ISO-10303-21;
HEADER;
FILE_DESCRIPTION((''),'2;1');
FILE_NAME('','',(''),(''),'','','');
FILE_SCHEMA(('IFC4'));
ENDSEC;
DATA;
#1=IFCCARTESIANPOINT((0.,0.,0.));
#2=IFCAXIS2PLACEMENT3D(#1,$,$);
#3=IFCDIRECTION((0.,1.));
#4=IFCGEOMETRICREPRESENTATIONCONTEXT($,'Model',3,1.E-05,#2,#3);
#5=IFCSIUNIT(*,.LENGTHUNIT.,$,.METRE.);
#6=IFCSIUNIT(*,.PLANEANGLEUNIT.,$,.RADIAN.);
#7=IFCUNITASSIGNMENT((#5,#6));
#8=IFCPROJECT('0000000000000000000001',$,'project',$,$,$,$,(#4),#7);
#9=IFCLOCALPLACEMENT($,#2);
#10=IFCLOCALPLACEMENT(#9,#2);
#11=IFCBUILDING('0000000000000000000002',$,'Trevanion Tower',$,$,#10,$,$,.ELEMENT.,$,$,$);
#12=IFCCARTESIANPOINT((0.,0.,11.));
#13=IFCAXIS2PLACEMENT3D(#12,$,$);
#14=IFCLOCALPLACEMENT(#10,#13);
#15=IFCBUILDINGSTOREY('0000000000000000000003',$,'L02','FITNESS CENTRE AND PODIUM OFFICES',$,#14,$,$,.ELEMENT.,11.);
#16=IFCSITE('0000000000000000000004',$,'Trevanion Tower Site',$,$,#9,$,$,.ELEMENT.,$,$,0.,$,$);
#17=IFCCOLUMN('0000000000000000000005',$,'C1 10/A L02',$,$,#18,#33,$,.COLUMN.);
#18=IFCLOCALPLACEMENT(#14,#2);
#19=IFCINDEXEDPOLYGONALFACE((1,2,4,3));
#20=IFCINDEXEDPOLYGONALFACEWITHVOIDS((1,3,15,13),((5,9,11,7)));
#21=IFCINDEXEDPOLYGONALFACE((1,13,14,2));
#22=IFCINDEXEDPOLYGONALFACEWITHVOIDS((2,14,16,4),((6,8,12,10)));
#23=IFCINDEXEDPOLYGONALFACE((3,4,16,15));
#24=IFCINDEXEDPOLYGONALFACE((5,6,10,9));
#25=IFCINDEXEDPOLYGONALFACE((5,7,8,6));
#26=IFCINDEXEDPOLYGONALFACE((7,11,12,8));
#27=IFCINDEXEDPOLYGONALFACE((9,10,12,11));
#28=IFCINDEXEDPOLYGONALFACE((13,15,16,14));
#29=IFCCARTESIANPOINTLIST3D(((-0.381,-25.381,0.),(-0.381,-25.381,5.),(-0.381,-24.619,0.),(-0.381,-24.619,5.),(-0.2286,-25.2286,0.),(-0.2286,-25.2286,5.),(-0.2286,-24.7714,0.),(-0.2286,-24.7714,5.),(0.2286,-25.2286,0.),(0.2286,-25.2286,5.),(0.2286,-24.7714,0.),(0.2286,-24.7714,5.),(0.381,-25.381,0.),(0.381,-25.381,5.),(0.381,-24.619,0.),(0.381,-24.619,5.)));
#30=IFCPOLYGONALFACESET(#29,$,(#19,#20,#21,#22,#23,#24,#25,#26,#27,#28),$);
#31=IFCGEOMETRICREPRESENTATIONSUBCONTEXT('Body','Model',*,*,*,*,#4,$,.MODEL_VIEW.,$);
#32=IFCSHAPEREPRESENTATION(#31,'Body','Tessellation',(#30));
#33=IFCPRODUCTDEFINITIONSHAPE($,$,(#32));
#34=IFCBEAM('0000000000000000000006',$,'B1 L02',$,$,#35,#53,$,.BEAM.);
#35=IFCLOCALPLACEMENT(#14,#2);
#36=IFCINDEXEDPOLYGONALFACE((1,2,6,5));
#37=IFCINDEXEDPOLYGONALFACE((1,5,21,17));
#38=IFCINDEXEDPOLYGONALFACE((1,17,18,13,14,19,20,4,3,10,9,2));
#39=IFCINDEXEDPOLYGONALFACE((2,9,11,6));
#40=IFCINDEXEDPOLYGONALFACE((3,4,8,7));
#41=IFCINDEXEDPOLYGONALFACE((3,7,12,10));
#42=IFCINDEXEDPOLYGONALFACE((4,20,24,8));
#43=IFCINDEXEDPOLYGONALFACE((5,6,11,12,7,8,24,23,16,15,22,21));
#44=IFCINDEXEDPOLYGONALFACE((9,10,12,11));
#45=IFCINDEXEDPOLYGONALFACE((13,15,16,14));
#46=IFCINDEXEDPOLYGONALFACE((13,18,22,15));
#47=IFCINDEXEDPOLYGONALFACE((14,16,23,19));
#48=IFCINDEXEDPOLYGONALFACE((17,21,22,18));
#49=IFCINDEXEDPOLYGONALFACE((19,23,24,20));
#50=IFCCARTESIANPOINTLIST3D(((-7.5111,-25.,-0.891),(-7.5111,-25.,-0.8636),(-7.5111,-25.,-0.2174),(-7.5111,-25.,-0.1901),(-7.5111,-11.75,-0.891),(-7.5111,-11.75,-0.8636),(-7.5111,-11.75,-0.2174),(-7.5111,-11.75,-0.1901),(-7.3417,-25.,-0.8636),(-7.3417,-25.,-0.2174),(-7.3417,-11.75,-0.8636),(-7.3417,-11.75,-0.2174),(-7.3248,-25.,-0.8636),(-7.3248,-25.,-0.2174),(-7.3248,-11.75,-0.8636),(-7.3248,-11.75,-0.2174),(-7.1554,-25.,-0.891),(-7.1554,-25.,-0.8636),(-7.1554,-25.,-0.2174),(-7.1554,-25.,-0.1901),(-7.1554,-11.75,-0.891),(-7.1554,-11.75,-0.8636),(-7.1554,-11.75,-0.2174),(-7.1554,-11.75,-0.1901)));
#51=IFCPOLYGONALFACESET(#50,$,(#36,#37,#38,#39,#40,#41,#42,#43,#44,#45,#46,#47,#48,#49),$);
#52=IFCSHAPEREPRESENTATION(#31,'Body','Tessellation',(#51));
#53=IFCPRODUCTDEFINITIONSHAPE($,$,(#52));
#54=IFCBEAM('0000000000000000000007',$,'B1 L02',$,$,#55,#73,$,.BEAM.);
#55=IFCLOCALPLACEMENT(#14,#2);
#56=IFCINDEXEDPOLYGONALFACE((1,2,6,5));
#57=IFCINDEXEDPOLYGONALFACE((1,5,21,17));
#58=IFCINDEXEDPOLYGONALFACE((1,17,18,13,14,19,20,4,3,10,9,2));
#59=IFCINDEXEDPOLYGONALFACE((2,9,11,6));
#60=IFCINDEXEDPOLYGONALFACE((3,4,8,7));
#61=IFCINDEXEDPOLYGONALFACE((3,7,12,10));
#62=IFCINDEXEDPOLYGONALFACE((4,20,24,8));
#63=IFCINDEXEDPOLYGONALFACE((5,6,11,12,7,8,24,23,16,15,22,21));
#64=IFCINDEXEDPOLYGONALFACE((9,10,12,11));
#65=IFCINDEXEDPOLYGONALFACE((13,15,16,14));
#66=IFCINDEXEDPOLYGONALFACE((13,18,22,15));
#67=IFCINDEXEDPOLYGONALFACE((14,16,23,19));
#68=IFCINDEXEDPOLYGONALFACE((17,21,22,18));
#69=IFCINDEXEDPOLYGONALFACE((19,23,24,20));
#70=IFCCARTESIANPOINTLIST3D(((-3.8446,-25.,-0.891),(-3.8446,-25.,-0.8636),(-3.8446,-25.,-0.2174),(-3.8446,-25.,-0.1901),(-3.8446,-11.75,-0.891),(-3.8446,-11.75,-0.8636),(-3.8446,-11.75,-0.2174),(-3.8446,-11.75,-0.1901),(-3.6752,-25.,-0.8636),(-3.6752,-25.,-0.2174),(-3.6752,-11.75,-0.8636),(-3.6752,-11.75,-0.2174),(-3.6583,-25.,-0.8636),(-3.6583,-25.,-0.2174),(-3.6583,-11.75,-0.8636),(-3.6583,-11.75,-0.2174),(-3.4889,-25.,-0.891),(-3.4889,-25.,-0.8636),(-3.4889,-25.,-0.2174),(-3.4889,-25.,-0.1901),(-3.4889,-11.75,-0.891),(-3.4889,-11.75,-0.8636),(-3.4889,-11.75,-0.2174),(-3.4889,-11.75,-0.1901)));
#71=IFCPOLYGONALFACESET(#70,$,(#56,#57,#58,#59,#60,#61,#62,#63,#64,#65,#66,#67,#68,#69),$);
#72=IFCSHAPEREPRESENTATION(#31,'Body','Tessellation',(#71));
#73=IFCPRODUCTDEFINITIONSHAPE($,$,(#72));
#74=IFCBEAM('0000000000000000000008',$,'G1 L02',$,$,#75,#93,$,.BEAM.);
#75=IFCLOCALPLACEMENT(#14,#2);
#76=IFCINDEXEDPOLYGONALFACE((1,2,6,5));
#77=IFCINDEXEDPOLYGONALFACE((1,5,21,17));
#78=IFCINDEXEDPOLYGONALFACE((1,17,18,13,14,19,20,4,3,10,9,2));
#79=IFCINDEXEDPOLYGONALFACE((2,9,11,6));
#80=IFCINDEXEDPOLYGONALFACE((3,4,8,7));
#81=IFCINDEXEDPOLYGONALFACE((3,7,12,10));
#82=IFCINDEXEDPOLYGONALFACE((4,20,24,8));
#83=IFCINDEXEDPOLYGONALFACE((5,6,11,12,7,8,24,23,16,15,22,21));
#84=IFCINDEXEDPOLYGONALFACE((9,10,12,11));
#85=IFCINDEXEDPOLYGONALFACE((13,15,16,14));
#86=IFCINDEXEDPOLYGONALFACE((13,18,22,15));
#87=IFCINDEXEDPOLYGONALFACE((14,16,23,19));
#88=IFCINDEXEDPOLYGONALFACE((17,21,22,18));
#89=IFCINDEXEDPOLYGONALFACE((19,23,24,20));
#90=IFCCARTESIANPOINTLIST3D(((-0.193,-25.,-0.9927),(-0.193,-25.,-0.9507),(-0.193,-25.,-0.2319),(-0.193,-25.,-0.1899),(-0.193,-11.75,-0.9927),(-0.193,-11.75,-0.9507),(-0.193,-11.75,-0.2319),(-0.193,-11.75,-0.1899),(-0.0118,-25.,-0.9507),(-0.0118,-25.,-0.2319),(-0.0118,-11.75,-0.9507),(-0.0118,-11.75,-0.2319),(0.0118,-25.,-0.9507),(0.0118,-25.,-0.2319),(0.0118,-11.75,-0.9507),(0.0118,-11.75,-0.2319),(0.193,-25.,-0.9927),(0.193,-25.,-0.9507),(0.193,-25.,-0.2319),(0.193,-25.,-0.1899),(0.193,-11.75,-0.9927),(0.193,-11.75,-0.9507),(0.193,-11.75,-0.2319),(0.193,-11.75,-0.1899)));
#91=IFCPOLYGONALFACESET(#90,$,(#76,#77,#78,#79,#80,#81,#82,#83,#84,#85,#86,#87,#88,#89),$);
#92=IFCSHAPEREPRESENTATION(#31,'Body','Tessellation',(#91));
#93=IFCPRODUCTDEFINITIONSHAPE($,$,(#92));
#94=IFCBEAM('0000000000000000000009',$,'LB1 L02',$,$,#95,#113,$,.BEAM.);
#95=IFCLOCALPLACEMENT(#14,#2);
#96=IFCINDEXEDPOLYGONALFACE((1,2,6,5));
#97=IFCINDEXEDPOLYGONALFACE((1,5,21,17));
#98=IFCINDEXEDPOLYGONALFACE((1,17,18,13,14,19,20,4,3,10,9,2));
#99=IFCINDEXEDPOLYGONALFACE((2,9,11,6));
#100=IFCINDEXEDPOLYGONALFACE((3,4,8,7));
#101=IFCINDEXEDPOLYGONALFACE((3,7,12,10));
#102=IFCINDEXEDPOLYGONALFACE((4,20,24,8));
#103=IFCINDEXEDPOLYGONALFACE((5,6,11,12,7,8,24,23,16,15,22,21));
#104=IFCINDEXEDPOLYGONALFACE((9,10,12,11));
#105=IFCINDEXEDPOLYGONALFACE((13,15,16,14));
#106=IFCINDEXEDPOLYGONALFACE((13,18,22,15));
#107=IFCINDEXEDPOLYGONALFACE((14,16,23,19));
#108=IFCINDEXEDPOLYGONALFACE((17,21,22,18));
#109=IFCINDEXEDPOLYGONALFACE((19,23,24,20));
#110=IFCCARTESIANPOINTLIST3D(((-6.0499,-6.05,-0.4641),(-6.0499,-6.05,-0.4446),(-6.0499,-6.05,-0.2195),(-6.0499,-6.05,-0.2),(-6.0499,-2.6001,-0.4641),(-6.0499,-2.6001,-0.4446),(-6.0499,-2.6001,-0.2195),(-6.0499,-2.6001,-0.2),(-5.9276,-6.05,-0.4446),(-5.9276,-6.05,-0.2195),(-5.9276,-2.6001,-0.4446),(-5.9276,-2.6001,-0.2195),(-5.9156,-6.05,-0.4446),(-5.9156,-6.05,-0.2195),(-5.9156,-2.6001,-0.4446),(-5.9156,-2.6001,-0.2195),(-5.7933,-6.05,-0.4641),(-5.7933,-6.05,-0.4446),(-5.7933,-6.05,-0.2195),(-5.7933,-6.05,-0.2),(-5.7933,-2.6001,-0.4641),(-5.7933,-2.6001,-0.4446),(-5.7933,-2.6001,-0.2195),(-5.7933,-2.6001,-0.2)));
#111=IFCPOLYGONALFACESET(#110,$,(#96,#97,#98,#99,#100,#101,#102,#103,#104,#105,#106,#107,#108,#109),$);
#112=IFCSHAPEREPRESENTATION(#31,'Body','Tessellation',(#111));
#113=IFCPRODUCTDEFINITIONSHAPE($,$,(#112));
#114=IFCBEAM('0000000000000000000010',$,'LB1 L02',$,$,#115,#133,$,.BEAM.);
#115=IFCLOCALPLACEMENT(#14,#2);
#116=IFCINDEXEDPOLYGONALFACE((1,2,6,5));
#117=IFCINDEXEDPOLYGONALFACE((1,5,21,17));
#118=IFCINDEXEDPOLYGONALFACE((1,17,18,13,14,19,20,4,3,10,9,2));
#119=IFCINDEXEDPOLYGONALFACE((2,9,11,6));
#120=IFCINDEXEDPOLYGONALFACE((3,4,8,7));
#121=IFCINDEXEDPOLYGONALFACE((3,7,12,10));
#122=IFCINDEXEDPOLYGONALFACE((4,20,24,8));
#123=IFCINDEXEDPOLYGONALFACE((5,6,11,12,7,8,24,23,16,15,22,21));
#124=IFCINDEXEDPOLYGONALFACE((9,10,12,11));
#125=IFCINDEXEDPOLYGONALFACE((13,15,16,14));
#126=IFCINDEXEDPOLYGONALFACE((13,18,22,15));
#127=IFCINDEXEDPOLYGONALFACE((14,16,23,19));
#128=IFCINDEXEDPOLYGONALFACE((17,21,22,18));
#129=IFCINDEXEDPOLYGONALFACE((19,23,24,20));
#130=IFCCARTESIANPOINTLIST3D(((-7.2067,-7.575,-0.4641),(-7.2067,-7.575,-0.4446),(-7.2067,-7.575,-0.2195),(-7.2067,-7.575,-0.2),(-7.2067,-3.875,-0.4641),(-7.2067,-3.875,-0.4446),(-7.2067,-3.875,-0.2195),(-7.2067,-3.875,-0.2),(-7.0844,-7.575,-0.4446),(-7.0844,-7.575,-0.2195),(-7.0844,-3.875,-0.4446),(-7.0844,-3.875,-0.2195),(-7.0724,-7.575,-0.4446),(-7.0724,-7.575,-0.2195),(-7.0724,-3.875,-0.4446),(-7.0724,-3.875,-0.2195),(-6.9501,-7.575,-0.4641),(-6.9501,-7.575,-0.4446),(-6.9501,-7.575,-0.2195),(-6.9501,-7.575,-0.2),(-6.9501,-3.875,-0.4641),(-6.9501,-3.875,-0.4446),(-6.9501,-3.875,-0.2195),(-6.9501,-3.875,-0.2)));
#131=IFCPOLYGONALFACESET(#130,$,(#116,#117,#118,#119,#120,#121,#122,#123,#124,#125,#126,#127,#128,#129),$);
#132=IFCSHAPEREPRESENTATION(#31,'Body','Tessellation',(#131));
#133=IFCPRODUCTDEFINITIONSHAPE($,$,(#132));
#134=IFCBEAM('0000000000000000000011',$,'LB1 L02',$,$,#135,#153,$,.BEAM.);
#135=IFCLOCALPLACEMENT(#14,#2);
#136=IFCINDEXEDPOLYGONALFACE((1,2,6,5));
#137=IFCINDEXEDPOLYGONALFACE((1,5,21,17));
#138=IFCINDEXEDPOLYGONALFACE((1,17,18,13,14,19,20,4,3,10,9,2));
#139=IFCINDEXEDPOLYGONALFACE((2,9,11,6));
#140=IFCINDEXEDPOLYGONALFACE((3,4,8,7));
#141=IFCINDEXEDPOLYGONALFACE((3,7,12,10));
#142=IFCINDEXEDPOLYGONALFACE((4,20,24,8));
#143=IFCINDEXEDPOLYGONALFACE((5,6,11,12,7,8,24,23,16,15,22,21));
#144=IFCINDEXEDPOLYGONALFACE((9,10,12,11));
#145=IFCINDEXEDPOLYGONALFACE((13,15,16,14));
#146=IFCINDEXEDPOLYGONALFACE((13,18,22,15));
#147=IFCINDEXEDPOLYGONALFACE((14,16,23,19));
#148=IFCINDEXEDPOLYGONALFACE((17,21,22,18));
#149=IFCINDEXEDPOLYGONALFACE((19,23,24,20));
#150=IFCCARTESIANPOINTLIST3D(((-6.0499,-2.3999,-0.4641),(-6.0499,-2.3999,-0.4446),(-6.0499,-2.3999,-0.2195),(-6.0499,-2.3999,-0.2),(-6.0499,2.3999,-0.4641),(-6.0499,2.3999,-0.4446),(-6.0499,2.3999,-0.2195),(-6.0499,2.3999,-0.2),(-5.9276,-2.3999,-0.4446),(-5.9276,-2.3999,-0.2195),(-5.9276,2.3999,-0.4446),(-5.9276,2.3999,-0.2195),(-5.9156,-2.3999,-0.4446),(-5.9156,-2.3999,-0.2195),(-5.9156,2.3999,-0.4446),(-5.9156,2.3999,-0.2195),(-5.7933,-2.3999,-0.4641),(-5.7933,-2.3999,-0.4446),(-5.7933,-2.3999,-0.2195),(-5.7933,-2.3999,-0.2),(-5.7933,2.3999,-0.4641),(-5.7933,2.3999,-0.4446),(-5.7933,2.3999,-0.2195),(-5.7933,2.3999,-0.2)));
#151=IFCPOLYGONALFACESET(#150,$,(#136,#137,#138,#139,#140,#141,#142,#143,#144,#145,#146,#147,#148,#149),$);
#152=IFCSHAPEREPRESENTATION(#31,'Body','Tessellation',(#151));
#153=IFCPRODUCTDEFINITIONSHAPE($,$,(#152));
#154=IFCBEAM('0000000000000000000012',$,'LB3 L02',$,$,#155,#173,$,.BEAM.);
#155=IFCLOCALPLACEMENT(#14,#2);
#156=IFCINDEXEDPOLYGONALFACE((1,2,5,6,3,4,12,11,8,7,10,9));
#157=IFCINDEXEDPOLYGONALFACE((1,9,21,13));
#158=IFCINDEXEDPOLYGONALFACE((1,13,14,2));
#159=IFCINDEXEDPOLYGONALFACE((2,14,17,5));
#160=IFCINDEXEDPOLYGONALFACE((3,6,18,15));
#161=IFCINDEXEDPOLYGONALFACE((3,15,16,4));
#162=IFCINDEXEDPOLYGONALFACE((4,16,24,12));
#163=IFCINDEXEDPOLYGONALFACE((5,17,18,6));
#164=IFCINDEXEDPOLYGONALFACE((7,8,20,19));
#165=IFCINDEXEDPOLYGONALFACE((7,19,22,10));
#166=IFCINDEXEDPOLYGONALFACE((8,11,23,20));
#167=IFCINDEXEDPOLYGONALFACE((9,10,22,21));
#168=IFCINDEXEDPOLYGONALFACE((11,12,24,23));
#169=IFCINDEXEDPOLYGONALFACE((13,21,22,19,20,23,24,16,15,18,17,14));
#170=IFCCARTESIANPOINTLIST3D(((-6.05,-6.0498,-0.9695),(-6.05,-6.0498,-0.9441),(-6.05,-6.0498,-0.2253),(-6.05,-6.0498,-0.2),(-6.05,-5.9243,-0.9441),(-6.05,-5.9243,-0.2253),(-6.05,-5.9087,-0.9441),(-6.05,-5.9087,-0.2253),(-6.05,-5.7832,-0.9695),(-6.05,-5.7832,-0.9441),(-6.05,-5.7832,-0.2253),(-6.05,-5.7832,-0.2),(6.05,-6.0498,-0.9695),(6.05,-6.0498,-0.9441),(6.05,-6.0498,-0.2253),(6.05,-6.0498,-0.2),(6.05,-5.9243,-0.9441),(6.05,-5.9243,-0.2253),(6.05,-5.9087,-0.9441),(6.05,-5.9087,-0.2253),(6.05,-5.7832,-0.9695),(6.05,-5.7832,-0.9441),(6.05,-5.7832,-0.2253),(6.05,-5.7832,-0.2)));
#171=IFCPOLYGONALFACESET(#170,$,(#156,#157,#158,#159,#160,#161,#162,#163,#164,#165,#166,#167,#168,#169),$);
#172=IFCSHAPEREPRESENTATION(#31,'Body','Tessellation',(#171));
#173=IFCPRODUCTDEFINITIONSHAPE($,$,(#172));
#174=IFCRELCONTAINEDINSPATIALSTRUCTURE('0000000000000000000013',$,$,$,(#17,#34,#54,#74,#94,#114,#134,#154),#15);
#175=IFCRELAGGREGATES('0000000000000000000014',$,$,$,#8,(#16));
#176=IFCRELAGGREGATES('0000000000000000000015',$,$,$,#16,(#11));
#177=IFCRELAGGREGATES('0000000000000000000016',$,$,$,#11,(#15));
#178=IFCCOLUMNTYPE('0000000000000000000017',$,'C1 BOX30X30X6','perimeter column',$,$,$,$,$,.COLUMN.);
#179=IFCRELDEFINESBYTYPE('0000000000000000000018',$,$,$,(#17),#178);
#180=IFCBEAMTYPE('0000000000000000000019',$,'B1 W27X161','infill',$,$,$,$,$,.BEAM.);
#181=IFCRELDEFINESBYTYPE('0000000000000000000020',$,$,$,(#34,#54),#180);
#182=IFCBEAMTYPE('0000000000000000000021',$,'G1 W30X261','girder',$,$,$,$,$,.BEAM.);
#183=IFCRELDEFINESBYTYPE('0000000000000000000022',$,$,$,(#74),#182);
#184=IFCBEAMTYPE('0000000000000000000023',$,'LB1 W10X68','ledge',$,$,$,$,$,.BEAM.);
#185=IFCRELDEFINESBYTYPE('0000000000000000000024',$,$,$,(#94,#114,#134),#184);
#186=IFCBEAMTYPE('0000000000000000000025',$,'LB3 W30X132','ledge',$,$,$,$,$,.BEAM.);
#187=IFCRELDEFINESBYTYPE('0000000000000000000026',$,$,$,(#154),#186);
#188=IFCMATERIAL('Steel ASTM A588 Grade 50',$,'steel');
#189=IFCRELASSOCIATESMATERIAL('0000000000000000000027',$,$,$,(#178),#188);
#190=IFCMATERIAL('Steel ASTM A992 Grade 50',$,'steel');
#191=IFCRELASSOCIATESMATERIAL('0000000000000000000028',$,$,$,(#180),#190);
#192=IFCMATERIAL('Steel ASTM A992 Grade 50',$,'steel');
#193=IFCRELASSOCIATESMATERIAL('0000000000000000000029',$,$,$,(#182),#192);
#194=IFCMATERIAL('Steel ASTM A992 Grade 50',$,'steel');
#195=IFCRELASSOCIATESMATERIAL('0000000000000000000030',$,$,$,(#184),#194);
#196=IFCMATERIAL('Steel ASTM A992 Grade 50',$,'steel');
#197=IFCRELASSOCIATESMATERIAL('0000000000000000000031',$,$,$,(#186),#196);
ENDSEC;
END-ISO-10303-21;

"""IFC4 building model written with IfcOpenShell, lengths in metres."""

from ifc_helpers import new_model, si_unit, direction, frame, origin, origin_2d, place, context, subcontext, project, spatial, hollow_rectangle, i_section, extrude, material, material_profile, profile_set, type_object, element, save


model = new_model("IFC4")

# Units and contexts
model_context = context("Model", 3, precision=1e-05, world=origin(), true_north=direction((0.0, 1.0)))
body_context = subcontext(model_context, "Body", "Model", "MODEL_VIEW")
ifc_project = project(units=[si_unit("LENGTHUNIT", "METRE"), si_unit("PLANEANGLEUNIT", "RADIAN")], contexts=[model_context])

# Site, building, storey
site_placement = place(None, origin())
site = spatial("IfcSite", under=ifc_project, at=site_placement, Name="Trevanion Tower Site", CompositionType="ELEMENT", RefElevation=0.0)
building_placement = place(site_placement, origin())
building = spatial("IfcBuilding", under=site, at=building_placement, Name="Trevanion Tower", CompositionType="ELEMENT")
storey_placement = place(building_placement, frame((0.0, 0.0, 11.0)))
storey = spatial("IfcBuildingStorey", under=building, at=storey_placement, Name="L02", Description="FITNESS CENTRE AND PODIUM OFFICES", CompositionType="ELEMENT", Elevation=11.0)

# Column
ifc_material_1 = material(Name="Steel ASTM A588 Grade 50", Category="steel")
ifc_material_profile_1 = material_profile(ifc_material_1, hollow_rectangle(XDim=0.762, YDim=0.762, WallThickness=0.1523, at=origin_2d()), Name="BOX30X30X6")
ifc_profile_set_1 = profile_set([ifc_material_profile_1], Name="Steel ASTM A588 Grade 50")
column_type = type_object("IfcColumnType", Name="C1 BOX30X30X6", Description="perimeter column", PredefinedType="COLUMN", material=ifc_profile_set_1)
column_placement = place(storey_placement, frame((0.0, -25.0, 0.0), z_axis=(0.0, 0.0, 1.0), x_axis=(1.0, 0.0, 0.0)))
element("IfcColumn", 1, at=column_placement, inside=storey, type_object=column_type, Name="C1 10/A L02", PredefinedType="COLUMN", context=body_context, shape_type="SweptSolid", body=[
    extrude(hollow_rectangle(XDim=0.762, YDim=0.762, WallThickness=0.1523, at=origin_2d()), origin(), (0.0, 0.0, 1.0), 5.0),
])

# Beams
ifc_material_2 = material(Name="Steel ASTM A992 Grade 50", Category="steel")
ifc_material_profile_2 = material_profile(ifc_material_2, i_section(OverallWidth=0.3557, OverallDepth=0.7009, WebThickness=0.0168, FlangeThickness=0.0273, at=origin_2d()), Name="W27X161")
ifc_profile_set_2 = profile_set([ifc_material_profile_2], Name="Steel ASTM A992 Grade 50")
beam_type_1 = type_object("IfcBeamType", Name="B1 W27X161", Description="infill", PredefinedType="BEAM", material=ifc_profile_set_2)
for number, where, z_axis, x_axis, name in (
    (2, (-7.3333, -11.75, -0.5405), (0.0, -1.0, 0.0), (1.0, 0.0, 0.0), "B1 L02"),
    (3, (-3.6667, -11.75, -0.5405), (0.0, -1.0, 0.0), (1.0, 0.0, 0.0), "B1 L02"),
):
    element("IfcBeam", number, at=place(storey_placement, frame(where, z_axis=z_axis, x_axis=x_axis)), inside=storey, type_object=beam_type_1, Name=name, PredefinedType="BEAM", context=body_context, shape_type="SweptSolid", body=[
        extrude(i_section(OverallWidth=0.3557, OverallDepth=0.7009, WebThickness=0.0168, FlangeThickness=0.0273, at=origin_2d()), origin(), (0.0, 0.0, 1.0), 13.25),
    ])
ifc_material_3 = material(Name="Steel ASTM A992 Grade 50", Category="steel")
ifc_material_profile_3 = material_profile(ifc_material_3, i_section(OverallWidth=0.386, OverallDepth=0.8027, WebThickness=0.0237, FlangeThickness=0.042, at=origin_2d()), Name="W30X261")
ifc_profile_set_3 = profile_set([ifc_material_profile_3], Name="Steel ASTM A992 Grade 50")
beam_type_2 = type_object("IfcBeamType", Name="G1 W30X261", Description="girder", PredefinedType="BEAM", material=ifc_profile_set_3)
beam_1_placement = place(storey_placement, frame((0.0, -11.75, -0.5913), z_axis=(0.0, -1.0, 0.0), x_axis=(1.0, 0.0, 0.0)))
element("IfcBeam", 4, at=beam_1_placement, inside=storey, type_object=beam_type_2, Name="G1 L02", PredefinedType="BEAM", context=body_context, shape_type="SweptSolid", body=[
    extrude(i_section(OverallWidth=0.386, OverallDepth=0.8027, WebThickness=0.0237, FlangeThickness=0.042, at=origin_2d()), origin(), (0.0, 0.0, 1.0), 13.25),
])
ifc_material_4 = material(Name="Steel ASTM A992 Grade 50", Category="steel")
ifc_material_profile_4 = material_profile(ifc_material_4, i_section(OverallWidth=0.2566, OverallDepth=0.2642, WebThickness=0.012, FlangeThickness=0.0195, at=origin_2d()), Name="W10X68")
ifc_profile_set_4 = profile_set([ifc_material_profile_4], Name="Steel ASTM A992 Grade 50")
beam_type_3 = type_object("IfcBeamType", Name="LB1 W10X68", Description="ledge", PredefinedType="BEAM", material=ifc_profile_set_4)
beam_2_placement = place(storey_placement, frame((-5.9216, -6.05, -0.332), z_axis=(0.0, 1.0, 0.0), x_axis=(-1.0, 0.0, 0.0)))
element("IfcBeam", 5, at=beam_2_placement, inside=storey, type_object=beam_type_3, Name="LB1 L02", PredefinedType="BEAM", context=body_context, shape_type="SweptSolid", body=[
    extrude(i_section(OverallWidth=0.2566, OverallDepth=0.2642, WebThickness=0.012, FlangeThickness=0.0195, at=origin_2d()), origin(), (0.0, 0.0, 1.0), 3.45),
])
beam_3_placement = place(storey_placement, frame((-7.0784, -7.575, -0.332), z_axis=(0.0, 1.0, 0.0), x_axis=(-1.0, 0.0, 0.0)))
element("IfcBeam", 6, at=beam_3_placement, inside=storey, type_object=beam_type_3, Name="LB1 L02", PredefinedType="BEAM", context=body_context, shape_type="SweptSolid", body=[
    extrude(i_section(OverallWidth=0.2566, OverallDepth=0.2642, WebThickness=0.012, FlangeThickness=0.0195, at=origin_2d()), origin(), (0.0, 0.0, 1.0), 3.7),
])
beam_4_placement = place(storey_placement, frame((-5.9216, -2.3999, -0.332), z_axis=(0.0, 1.0, 0.0), x_axis=(-1.0, 0.0, 0.0)))
element("IfcBeam", 7, at=beam_4_placement, inside=storey, type_object=beam_type_3, Name="LB1 L02", PredefinedType="BEAM", context=body_context, shape_type="SweptSolid", body=[
    extrude(i_section(OverallWidth=0.2566, OverallDepth=0.2642, WebThickness=0.012, FlangeThickness=0.0195, at=origin_2d()), origin(), (0.0, 0.0, 1.0), 4.7998),
])
ifc_material_5 = material(Name="Steel ASTM A992 Grade 50", Category="steel")
ifc_material_profile_5 = material_profile(ifc_material_5, i_section(OverallWidth=0.2666, OverallDepth=0.7695, WebThickness=0.0156, FlangeThickness=0.0254, at=origin_2d()), Name="W30X132")
ifc_profile_set_5 = profile_set([ifc_material_profile_5], Name="Steel ASTM A992 Grade 50")
beam_type_4 = type_object("IfcBeamType", Name="LB3 W30X132", Description="ledge", PredefinedType="BEAM", material=ifc_profile_set_5)
beam_5_placement = place(storey_placement, frame((-6.05, -5.9165, -0.5847), z_axis=(1.0, 0.0, 0.0), x_axis=(0.0, 1.0, 0.0)))
element("IfcBeam", 8, at=beam_5_placement, inside=storey, type_object=beam_type_4, Name="LB3 L02", PredefinedType="BEAM", context=body_context, shape_type="SweptSolid", body=[
    extrude(i_section(OverallWidth=0.2666, OverallDepth=0.7695, WebThickness=0.0156, FlangeThickness=0.0254, at=origin_2d()), origin(), (0.0, 0.0, 1.0), 12.1001),
])

save(model, "model.ifc")
